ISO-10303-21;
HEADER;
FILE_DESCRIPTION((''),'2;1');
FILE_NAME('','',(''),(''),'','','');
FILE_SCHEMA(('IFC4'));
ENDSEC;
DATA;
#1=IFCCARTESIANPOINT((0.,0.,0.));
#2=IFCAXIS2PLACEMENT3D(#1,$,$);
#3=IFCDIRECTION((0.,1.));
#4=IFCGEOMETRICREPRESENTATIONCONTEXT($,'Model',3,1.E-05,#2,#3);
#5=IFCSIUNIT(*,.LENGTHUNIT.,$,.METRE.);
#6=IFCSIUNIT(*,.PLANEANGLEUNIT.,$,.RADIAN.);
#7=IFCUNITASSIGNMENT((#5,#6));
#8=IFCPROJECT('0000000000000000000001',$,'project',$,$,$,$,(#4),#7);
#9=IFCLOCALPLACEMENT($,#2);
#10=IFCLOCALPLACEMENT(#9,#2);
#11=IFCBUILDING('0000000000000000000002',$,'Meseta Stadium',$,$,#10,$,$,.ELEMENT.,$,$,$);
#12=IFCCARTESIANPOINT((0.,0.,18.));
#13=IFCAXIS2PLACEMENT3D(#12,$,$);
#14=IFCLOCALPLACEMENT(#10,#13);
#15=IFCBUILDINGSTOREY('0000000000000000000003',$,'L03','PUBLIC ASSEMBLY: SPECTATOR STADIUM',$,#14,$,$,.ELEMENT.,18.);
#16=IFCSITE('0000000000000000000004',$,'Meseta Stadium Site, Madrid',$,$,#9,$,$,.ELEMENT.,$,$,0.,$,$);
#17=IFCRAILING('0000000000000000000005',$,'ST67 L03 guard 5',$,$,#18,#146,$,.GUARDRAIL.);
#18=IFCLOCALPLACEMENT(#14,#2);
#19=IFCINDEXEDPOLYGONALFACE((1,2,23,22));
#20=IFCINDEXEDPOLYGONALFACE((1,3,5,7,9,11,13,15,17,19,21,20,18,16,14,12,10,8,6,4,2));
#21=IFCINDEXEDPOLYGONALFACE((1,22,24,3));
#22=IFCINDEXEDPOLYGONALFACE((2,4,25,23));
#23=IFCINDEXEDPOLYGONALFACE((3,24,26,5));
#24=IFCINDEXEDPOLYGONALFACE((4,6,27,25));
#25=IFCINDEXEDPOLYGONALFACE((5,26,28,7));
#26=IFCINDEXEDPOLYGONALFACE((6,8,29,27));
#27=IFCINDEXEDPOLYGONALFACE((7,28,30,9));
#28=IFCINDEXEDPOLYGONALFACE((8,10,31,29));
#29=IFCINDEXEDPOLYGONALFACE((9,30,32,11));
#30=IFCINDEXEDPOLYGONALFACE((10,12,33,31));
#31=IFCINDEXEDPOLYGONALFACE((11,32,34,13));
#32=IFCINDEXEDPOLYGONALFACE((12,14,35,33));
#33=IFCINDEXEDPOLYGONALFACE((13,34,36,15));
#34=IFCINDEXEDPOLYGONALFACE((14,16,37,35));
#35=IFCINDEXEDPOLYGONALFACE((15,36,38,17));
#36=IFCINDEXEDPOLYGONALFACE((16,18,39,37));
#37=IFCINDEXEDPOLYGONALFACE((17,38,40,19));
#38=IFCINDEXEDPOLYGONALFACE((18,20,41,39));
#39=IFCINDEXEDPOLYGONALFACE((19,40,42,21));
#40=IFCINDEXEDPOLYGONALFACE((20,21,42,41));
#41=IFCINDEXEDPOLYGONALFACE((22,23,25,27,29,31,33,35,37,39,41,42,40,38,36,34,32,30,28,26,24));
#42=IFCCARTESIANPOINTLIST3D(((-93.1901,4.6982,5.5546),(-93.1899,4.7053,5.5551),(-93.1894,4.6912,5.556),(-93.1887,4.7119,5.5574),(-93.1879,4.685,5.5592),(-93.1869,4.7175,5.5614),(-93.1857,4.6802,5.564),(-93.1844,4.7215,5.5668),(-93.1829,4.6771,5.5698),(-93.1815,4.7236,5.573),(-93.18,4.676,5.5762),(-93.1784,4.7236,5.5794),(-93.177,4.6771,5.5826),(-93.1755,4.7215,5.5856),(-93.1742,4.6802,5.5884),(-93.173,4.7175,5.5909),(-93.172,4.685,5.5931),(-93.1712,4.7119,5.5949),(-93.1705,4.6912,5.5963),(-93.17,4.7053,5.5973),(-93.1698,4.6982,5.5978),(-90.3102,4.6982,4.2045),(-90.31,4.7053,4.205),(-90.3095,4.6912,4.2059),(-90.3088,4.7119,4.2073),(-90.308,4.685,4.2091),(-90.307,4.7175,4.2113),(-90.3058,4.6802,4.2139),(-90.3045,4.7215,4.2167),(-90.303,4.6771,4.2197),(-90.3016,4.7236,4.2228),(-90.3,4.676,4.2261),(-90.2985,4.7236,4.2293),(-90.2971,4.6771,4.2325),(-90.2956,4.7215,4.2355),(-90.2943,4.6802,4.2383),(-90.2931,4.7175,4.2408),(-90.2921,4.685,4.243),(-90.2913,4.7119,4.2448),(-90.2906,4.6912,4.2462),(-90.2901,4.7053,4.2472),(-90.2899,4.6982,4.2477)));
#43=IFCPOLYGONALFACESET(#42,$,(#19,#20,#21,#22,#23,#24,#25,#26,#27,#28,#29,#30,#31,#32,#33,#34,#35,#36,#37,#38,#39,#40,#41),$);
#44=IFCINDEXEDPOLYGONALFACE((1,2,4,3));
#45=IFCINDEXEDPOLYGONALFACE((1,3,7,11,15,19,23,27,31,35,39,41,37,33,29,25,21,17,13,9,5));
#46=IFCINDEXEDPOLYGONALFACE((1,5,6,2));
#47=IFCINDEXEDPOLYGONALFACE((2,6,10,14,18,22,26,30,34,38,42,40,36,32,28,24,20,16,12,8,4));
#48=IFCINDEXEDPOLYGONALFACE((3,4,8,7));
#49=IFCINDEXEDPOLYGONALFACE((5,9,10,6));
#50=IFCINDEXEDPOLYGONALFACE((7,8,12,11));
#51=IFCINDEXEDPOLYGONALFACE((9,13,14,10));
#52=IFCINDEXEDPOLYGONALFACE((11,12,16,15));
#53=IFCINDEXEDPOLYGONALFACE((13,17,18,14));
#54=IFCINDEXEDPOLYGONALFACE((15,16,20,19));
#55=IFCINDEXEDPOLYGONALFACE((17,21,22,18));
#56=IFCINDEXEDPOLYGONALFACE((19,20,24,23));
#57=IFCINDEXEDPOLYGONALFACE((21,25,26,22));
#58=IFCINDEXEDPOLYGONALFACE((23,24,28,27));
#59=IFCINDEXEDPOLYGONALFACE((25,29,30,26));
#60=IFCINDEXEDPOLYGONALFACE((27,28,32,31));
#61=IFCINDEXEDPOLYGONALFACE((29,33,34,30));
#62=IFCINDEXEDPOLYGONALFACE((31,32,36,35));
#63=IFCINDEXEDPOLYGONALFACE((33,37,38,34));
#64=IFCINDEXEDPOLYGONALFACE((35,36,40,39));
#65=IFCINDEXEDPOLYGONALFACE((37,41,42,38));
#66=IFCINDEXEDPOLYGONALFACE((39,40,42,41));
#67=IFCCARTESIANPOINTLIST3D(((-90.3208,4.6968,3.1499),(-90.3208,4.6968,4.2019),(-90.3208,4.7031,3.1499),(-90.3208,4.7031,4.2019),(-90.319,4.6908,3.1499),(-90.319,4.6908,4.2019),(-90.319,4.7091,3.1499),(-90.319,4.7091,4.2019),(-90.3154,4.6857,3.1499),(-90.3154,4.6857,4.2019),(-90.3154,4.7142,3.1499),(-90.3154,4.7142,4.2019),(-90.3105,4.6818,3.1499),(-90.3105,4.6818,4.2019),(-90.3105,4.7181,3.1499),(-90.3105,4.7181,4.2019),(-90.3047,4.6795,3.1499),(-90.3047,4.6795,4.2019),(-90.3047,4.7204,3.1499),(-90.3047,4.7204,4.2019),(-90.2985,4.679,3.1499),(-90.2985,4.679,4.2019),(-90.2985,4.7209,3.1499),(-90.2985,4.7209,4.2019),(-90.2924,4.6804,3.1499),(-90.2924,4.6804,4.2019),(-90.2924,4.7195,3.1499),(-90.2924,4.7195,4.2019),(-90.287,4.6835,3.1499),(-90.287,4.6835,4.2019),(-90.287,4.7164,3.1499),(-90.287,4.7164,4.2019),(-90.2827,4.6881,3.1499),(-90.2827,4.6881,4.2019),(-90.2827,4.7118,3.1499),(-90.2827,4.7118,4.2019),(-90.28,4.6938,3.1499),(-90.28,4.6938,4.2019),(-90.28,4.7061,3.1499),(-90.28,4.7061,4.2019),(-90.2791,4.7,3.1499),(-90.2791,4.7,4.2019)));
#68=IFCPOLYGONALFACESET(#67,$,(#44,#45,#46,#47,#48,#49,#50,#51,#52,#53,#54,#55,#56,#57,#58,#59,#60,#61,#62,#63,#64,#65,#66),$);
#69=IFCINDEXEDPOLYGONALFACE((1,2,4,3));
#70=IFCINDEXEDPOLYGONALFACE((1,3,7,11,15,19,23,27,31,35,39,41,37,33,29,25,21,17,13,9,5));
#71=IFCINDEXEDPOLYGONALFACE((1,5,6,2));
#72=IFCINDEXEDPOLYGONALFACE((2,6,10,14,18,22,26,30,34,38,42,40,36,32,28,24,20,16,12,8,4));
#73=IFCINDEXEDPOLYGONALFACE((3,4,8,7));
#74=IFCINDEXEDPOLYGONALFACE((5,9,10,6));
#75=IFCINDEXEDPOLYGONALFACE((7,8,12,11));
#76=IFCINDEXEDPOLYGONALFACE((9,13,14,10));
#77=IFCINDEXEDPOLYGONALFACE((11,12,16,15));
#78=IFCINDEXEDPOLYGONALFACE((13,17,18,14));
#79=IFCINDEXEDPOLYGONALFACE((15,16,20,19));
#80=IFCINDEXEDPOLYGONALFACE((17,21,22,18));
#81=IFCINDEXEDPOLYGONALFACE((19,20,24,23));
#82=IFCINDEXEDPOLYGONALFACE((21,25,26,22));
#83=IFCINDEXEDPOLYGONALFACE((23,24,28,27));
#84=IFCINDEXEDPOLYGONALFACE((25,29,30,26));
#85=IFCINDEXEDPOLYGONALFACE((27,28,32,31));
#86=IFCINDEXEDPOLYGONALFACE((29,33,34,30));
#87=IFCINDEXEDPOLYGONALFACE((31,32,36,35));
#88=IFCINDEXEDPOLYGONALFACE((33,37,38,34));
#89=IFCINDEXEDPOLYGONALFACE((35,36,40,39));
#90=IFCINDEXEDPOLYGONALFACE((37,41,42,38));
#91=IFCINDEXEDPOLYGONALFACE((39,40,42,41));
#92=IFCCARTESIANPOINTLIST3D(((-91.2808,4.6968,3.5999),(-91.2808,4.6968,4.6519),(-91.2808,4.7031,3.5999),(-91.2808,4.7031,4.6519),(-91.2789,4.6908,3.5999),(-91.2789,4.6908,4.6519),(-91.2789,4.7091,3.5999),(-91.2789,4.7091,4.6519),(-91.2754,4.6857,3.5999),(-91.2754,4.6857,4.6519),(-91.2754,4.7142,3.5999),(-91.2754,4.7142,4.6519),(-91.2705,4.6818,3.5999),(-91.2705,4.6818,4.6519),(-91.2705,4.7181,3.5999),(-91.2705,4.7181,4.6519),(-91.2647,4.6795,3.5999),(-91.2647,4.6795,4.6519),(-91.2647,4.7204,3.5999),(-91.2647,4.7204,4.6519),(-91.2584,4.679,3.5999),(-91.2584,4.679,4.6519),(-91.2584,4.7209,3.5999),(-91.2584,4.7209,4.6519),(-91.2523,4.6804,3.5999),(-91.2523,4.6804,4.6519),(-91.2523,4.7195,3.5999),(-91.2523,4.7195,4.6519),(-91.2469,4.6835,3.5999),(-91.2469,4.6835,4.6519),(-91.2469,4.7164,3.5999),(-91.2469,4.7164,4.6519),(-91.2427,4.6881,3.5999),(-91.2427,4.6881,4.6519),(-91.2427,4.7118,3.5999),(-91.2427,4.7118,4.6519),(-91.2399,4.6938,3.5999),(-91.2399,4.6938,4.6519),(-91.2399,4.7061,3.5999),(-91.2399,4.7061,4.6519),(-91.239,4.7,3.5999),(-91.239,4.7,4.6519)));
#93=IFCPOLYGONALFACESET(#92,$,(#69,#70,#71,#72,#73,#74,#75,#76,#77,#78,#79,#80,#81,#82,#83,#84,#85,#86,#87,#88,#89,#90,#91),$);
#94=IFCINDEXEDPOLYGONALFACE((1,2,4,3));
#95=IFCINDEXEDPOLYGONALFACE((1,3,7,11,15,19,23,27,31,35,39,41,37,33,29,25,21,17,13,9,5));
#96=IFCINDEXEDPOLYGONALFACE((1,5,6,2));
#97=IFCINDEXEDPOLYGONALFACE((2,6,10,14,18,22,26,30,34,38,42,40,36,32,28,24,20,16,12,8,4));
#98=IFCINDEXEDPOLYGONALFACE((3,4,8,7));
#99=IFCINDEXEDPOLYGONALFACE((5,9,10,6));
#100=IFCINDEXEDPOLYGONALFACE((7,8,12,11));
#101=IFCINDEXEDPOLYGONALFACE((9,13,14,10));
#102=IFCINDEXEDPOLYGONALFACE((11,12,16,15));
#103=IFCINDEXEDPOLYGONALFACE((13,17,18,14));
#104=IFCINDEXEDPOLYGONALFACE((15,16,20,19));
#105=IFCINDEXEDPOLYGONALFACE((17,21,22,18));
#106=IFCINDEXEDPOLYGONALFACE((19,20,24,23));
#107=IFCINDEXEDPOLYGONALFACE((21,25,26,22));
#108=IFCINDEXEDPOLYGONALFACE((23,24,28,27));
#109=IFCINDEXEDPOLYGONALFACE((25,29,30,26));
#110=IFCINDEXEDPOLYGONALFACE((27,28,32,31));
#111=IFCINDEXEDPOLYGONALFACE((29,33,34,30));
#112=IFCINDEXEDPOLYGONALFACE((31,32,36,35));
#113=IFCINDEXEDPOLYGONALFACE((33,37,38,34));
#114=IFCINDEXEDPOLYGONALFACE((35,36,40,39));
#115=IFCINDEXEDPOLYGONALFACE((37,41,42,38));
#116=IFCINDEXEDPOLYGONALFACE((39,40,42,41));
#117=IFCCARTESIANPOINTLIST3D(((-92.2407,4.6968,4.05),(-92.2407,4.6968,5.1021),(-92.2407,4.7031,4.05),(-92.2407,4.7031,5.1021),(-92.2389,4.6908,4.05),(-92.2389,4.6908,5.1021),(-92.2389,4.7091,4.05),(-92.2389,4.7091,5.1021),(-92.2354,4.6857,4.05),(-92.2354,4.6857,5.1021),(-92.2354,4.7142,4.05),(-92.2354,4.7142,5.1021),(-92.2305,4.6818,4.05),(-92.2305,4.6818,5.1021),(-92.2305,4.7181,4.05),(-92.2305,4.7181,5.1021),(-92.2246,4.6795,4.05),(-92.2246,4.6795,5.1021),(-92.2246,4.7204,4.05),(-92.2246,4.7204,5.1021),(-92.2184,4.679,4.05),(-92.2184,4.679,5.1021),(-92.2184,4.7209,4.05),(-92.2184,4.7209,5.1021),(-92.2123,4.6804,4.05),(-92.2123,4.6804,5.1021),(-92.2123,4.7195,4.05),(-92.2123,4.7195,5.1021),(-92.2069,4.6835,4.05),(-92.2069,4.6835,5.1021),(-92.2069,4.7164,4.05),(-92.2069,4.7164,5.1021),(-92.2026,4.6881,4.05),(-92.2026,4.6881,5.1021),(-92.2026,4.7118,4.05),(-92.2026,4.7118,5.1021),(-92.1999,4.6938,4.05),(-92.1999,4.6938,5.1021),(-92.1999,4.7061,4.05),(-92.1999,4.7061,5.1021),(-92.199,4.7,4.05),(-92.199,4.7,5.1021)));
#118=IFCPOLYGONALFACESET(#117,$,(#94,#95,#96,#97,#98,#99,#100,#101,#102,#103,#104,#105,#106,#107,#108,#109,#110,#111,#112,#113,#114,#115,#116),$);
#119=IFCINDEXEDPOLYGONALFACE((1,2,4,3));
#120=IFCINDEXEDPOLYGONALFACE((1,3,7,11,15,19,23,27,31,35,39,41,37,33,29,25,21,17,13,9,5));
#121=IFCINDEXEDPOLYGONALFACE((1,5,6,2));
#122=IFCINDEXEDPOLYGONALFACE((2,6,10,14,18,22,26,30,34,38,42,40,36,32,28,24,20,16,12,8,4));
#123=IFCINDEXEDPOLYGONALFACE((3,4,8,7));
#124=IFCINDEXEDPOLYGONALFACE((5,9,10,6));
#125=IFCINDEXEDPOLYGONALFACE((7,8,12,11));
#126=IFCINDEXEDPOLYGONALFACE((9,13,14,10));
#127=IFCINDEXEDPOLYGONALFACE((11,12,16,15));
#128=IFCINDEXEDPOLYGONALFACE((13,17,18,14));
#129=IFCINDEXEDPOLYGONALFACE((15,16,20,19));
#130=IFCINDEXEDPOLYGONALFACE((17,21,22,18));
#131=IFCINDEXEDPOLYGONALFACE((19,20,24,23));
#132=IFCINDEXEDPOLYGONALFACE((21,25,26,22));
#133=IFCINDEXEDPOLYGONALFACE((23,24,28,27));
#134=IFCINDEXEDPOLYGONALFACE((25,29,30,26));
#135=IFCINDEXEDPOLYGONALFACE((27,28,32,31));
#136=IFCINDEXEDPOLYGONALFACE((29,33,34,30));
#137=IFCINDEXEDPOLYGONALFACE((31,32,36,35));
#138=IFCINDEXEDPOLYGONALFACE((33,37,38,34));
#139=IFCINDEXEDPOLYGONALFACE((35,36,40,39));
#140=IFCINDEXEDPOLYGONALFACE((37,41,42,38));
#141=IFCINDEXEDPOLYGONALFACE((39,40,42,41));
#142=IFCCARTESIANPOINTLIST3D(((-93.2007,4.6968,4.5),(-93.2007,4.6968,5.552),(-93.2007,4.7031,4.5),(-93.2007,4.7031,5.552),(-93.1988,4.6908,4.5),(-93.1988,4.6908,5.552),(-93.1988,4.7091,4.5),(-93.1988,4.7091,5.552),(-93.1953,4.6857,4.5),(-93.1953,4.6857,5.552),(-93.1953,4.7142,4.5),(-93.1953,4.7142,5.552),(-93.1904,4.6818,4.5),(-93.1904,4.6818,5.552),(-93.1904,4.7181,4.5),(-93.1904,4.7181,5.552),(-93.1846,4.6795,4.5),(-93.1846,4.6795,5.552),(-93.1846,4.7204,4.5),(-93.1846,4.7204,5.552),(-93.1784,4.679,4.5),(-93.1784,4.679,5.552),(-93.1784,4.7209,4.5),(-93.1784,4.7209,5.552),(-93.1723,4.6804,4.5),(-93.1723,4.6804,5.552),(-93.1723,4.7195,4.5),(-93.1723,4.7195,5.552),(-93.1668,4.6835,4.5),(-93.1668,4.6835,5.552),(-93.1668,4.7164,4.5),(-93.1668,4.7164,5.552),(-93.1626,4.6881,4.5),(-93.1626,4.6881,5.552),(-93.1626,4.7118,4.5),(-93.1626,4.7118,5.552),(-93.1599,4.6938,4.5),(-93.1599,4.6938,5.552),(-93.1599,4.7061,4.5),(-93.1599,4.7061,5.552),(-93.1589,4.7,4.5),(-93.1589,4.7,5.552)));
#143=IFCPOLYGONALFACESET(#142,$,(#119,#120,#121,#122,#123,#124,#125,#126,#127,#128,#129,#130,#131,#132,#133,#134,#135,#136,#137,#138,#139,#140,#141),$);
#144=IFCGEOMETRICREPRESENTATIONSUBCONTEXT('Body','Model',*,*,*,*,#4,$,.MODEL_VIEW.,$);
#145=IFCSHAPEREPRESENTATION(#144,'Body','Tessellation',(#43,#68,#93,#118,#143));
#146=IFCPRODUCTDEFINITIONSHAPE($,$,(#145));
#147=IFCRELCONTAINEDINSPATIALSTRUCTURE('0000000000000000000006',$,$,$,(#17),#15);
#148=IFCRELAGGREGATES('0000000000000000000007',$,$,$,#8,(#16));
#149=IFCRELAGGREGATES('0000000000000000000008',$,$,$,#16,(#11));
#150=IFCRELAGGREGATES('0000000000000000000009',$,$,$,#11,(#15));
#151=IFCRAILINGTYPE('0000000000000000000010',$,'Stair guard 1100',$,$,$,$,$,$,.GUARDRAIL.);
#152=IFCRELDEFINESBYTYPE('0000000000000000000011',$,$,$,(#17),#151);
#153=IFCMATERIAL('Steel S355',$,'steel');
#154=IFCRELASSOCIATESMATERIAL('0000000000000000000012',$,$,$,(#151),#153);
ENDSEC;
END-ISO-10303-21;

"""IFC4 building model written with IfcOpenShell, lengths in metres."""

from ifc_helpers import new_model, si_unit, direction, frame, origin, origin_2d, place, context, subcontext, project, spatial, circle, extrude, material, type_object, element, save


model = new_model("IFC4")

# Units and contexts
model_context = context("Model", 3, precision=1e-05, world=origin(), true_north=direction((0.0, 1.0)))
body_context = subcontext(model_context, "Body", "Model", "MODEL_VIEW")
ifc_project = project(units=[si_unit("LENGTHUNIT", "METRE"), si_unit("PLANEANGLEUNIT", "RADIAN")], contexts=[model_context])

# Site, building, storey
site_placement = place(None, origin())
site = spatial("IfcSite", under=ifc_project, at=site_placement, Name="Meseta Stadium Site, Madrid", CompositionType="ELEMENT", RefElevation=0.0)
building_placement = place(site_placement, origin())
building = spatial("IfcBuilding", under=site, at=building_placement, Name="Meseta Stadium", CompositionType="ELEMENT")
storey_placement = place(building_placement, frame((0.0, 0.0, 18.0)))
storey = spatial("IfcBuildingStorey", under=building, at=storey_placement, Name="L03", Description="PUBLIC ASSEMBLY: SPECTATOR STADIUM", CompositionType="ELEMENT", Elevation=18.0)

# Railing
ifc_material_1 = material(Name="Steel S355", Category="steel")
railing_type_1 = type_object("IfcRailingType", Name="Stair guard 1100", PredefinedType="GUARDRAIL", material=ifc_material_1)
railing_1_placement = place(storey_placement, frame((-90.3, 4.7, 3.1499)))
element("IfcRailing", 1, at=railing_1_placement, inside=storey, type_object=railing_type_1, Name="ST67 L03 guard 5", PredefinedType="GUARDRAIL", context=body_context, shape_type="SweptSolid", body=[
    extrude(circle(Radius=0.0239, at=origin_2d()), frame((0.0, 0.0, 1.0762), z_axis=(-0.90544, 0.0, 0.424473), x_axis=(0.0, -1.0, 0.0)), (0.0, 0.0, 1.0), 3.1807),
    extrude(circle(Radius=0.021, at=origin_2d()), origin(), (0.0, 0.0, 1.0), 1.052),
    extrude(circle(Radius=0.021, at=origin_2d()), frame((-0.96, 0.0, 0.45)), (0.0, 0.0, 1.0), 1.052),
    extrude(circle(Radius=0.021, at=origin_2d()), frame((-1.9199, 0.0, 0.9001)), (0.0, 0.0, 1.0), 1.052),
    extrude(circle(Radius=0.021, at=origin_2d()), frame((-2.8799, 0.0, 1.3501)), (0.0, 0.0, 1.0), 1.052),
])

save(model, "model.ifc")
